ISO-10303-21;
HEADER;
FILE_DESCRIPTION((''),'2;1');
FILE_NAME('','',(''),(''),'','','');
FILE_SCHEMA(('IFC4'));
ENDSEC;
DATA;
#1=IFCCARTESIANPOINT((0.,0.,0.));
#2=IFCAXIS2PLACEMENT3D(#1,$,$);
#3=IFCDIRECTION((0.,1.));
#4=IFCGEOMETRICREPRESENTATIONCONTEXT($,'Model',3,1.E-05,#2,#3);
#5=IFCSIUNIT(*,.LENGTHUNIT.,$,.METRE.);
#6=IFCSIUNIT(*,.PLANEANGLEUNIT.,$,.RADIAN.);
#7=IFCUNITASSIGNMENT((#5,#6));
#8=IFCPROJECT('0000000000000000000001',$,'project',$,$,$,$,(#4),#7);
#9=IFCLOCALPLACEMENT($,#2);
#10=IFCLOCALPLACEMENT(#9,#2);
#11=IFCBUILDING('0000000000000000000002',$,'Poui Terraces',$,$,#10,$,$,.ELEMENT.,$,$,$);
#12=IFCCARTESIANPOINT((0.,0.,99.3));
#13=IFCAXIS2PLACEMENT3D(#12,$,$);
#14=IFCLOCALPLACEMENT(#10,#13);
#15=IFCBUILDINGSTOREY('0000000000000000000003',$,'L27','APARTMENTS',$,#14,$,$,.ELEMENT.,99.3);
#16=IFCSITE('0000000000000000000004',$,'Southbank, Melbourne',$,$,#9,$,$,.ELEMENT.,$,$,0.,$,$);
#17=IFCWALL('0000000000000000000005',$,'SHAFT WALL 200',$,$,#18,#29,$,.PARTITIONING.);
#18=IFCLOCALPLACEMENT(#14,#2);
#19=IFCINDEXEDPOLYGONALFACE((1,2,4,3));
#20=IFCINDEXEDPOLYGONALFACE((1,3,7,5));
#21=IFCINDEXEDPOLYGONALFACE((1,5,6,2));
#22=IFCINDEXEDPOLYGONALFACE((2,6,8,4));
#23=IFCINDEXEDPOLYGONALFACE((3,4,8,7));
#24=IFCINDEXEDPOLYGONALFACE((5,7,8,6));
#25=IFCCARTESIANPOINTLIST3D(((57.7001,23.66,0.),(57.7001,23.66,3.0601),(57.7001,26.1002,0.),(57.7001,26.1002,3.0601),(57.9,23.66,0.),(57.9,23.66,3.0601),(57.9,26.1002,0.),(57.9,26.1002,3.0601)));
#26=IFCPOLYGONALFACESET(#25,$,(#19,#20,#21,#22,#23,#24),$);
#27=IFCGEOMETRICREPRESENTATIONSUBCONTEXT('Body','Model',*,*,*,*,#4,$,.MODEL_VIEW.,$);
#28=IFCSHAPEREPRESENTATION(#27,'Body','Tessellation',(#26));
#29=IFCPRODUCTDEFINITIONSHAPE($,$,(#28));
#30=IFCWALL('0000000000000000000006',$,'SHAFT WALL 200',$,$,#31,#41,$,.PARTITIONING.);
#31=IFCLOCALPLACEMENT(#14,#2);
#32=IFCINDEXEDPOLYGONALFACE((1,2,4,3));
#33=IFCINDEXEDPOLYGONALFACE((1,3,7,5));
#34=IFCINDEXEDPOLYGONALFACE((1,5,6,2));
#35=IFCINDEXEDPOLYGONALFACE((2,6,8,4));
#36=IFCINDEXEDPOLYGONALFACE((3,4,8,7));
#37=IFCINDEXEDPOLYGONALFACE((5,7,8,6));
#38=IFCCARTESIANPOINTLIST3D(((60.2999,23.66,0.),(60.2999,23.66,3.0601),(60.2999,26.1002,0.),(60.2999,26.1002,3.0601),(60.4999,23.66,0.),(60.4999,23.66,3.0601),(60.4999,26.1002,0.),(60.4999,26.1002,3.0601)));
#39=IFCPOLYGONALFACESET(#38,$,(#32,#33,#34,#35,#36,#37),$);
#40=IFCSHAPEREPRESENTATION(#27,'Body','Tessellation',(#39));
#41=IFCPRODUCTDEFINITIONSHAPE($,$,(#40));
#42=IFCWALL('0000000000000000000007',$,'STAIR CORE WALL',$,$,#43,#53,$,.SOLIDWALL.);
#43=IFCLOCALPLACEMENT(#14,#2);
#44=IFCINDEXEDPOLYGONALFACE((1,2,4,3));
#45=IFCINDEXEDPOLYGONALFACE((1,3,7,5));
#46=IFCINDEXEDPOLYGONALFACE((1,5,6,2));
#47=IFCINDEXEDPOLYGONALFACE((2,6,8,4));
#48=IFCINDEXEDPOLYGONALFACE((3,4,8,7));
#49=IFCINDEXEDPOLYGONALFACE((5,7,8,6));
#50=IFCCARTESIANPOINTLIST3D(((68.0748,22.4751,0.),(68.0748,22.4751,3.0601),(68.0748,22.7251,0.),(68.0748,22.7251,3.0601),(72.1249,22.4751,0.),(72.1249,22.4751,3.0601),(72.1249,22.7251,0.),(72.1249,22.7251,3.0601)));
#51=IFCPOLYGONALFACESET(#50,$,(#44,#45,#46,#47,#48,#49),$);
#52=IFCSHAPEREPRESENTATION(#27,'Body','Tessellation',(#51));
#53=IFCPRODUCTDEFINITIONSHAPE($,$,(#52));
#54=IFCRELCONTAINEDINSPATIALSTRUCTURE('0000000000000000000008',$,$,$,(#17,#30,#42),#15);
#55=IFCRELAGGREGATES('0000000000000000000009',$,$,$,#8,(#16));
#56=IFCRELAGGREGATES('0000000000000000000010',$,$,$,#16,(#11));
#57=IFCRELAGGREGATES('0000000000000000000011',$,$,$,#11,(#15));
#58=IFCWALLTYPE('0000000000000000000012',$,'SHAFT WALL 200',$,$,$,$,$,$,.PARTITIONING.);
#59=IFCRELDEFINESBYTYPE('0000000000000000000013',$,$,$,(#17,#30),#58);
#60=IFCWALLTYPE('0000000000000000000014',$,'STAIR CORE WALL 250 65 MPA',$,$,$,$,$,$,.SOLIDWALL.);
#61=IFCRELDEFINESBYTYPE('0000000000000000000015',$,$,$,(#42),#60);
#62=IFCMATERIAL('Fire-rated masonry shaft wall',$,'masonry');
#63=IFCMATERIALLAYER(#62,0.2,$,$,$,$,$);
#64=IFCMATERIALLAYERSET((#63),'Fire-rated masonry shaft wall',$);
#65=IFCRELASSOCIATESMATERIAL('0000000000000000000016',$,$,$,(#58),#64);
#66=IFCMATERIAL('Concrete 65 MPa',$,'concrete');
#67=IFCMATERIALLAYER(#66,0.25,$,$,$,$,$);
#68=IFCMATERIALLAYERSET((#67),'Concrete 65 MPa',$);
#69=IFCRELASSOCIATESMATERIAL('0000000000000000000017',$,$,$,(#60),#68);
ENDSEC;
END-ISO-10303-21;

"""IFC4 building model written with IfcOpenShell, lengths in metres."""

from ifc_helpers import new_model, si_unit, direction, frame, frame_2d, origin, place, context, subcontext, project, spatial, rectangle, extrude, material, layer, layer_set, type_object, element, save


model = new_model("IFC4")

# Units and contexts
model_context = context("Model", 3, precision=1e-05, world=origin(), true_north=direction((0.0, 1.0)))
body_context = subcontext(model_context, "Body", "Model", "MODEL_VIEW")
ifc_project = project(units=[si_unit("LENGTHUNIT", "METRE"), si_unit("PLANEANGLEUNIT", "RADIAN")], contexts=[model_context])

# Site, building, storey
site_placement = place(None, origin())
site = spatial("IfcSite", under=ifc_project, at=site_placement, Name="Southbank, Melbourne", CompositionType="ELEMENT", RefElevation=0.0)
building_placement = place(site_placement, origin())
building = spatial("IfcBuilding", under=site, at=building_placement, Name="Poui Terraces", CompositionType="ELEMENT")
storey_placement = place(building_placement, frame((0.0, 0.0, 99.3)))
storey = spatial("IfcBuildingStorey", under=building, at=storey_placement, Name="L27", Description="APARTMENTS", CompositionType="ELEMENT", Elevation=99.3)

# Shared definitions
ifc_material_1 = material(Name="Concrete 65 MPa", Category="concrete")

# Walls
ifc_material_2 = material(Name="Fire-rated masonry shaft wall", Category="masonry")
ifc_layer_1 = layer(ifc_material_2, 0.2)
ifc_layer_set_1 = layer_set([ifc_layer_1], Name="Fire-rated masonry shaft wall")
wall_type_1 = type_object("IfcWallType", Name="SHAFT WALL 200", PredefinedType="PARTITIONING", material=ifc_layer_set_1)
for number, where, z_axis, x_axis, name in (
    (1, (57.8, 23.6599, 0.0), (0.0, 0.0, 1.0), (0.0, 1.0, 0.0), "SHAFT WALL 200"),
    (2, (60.3999, 23.6599, 0.0), (0.0, 0.0, 1.0), (0.0, 1.0, 0.0), "SHAFT WALL 200"),
):
    element("IfcWall", number, at=place(storey_placement, frame(where, z_axis=z_axis, x_axis=x_axis)), inside=storey, type_object=wall_type_1, Name=name, PredefinedType="PARTITIONING", context=body_context, shape_type="SweptSolid", body=[
        extrude(rectangle(XDim=2.4402, YDim=0.2, at=frame_2d((1.2202, 0.0))), origin(), (0.0, 0.0, 1.0), 3.0601),
    ])
ifc_layer_2 = layer(ifc_material_1, 0.25)
ifc_layer_set_2 = layer_set([ifc_layer_2], Name="Concrete 65 MPa")
wall_type_2 = type_object("IfcWallType", Name="STAIR CORE WALL 250 65 MPA", PredefinedType="SOLIDWALL", material=ifc_layer_set_2)
wall_1_placement = place(storey_placement, frame((68.075, 22.6001, 0.0), z_axis=(0.0, 0.0, 1.0), x_axis=(1.0, 0.0, 0.0)))
element("IfcWall", 3, at=wall_1_placement, inside=storey, type_object=wall_type_2, Name="STAIR CORE WALL", PredefinedType="SOLIDWALL", context=body_context, shape_type="SweptSolid", body=[
    extrude(rectangle(XDim=4.05, YDim=0.25, at=frame_2d((2.0249, 0.0))), origin(), (0.0, 0.0, 1.0), 3.0601),
])

save(model, "model.ifc")
